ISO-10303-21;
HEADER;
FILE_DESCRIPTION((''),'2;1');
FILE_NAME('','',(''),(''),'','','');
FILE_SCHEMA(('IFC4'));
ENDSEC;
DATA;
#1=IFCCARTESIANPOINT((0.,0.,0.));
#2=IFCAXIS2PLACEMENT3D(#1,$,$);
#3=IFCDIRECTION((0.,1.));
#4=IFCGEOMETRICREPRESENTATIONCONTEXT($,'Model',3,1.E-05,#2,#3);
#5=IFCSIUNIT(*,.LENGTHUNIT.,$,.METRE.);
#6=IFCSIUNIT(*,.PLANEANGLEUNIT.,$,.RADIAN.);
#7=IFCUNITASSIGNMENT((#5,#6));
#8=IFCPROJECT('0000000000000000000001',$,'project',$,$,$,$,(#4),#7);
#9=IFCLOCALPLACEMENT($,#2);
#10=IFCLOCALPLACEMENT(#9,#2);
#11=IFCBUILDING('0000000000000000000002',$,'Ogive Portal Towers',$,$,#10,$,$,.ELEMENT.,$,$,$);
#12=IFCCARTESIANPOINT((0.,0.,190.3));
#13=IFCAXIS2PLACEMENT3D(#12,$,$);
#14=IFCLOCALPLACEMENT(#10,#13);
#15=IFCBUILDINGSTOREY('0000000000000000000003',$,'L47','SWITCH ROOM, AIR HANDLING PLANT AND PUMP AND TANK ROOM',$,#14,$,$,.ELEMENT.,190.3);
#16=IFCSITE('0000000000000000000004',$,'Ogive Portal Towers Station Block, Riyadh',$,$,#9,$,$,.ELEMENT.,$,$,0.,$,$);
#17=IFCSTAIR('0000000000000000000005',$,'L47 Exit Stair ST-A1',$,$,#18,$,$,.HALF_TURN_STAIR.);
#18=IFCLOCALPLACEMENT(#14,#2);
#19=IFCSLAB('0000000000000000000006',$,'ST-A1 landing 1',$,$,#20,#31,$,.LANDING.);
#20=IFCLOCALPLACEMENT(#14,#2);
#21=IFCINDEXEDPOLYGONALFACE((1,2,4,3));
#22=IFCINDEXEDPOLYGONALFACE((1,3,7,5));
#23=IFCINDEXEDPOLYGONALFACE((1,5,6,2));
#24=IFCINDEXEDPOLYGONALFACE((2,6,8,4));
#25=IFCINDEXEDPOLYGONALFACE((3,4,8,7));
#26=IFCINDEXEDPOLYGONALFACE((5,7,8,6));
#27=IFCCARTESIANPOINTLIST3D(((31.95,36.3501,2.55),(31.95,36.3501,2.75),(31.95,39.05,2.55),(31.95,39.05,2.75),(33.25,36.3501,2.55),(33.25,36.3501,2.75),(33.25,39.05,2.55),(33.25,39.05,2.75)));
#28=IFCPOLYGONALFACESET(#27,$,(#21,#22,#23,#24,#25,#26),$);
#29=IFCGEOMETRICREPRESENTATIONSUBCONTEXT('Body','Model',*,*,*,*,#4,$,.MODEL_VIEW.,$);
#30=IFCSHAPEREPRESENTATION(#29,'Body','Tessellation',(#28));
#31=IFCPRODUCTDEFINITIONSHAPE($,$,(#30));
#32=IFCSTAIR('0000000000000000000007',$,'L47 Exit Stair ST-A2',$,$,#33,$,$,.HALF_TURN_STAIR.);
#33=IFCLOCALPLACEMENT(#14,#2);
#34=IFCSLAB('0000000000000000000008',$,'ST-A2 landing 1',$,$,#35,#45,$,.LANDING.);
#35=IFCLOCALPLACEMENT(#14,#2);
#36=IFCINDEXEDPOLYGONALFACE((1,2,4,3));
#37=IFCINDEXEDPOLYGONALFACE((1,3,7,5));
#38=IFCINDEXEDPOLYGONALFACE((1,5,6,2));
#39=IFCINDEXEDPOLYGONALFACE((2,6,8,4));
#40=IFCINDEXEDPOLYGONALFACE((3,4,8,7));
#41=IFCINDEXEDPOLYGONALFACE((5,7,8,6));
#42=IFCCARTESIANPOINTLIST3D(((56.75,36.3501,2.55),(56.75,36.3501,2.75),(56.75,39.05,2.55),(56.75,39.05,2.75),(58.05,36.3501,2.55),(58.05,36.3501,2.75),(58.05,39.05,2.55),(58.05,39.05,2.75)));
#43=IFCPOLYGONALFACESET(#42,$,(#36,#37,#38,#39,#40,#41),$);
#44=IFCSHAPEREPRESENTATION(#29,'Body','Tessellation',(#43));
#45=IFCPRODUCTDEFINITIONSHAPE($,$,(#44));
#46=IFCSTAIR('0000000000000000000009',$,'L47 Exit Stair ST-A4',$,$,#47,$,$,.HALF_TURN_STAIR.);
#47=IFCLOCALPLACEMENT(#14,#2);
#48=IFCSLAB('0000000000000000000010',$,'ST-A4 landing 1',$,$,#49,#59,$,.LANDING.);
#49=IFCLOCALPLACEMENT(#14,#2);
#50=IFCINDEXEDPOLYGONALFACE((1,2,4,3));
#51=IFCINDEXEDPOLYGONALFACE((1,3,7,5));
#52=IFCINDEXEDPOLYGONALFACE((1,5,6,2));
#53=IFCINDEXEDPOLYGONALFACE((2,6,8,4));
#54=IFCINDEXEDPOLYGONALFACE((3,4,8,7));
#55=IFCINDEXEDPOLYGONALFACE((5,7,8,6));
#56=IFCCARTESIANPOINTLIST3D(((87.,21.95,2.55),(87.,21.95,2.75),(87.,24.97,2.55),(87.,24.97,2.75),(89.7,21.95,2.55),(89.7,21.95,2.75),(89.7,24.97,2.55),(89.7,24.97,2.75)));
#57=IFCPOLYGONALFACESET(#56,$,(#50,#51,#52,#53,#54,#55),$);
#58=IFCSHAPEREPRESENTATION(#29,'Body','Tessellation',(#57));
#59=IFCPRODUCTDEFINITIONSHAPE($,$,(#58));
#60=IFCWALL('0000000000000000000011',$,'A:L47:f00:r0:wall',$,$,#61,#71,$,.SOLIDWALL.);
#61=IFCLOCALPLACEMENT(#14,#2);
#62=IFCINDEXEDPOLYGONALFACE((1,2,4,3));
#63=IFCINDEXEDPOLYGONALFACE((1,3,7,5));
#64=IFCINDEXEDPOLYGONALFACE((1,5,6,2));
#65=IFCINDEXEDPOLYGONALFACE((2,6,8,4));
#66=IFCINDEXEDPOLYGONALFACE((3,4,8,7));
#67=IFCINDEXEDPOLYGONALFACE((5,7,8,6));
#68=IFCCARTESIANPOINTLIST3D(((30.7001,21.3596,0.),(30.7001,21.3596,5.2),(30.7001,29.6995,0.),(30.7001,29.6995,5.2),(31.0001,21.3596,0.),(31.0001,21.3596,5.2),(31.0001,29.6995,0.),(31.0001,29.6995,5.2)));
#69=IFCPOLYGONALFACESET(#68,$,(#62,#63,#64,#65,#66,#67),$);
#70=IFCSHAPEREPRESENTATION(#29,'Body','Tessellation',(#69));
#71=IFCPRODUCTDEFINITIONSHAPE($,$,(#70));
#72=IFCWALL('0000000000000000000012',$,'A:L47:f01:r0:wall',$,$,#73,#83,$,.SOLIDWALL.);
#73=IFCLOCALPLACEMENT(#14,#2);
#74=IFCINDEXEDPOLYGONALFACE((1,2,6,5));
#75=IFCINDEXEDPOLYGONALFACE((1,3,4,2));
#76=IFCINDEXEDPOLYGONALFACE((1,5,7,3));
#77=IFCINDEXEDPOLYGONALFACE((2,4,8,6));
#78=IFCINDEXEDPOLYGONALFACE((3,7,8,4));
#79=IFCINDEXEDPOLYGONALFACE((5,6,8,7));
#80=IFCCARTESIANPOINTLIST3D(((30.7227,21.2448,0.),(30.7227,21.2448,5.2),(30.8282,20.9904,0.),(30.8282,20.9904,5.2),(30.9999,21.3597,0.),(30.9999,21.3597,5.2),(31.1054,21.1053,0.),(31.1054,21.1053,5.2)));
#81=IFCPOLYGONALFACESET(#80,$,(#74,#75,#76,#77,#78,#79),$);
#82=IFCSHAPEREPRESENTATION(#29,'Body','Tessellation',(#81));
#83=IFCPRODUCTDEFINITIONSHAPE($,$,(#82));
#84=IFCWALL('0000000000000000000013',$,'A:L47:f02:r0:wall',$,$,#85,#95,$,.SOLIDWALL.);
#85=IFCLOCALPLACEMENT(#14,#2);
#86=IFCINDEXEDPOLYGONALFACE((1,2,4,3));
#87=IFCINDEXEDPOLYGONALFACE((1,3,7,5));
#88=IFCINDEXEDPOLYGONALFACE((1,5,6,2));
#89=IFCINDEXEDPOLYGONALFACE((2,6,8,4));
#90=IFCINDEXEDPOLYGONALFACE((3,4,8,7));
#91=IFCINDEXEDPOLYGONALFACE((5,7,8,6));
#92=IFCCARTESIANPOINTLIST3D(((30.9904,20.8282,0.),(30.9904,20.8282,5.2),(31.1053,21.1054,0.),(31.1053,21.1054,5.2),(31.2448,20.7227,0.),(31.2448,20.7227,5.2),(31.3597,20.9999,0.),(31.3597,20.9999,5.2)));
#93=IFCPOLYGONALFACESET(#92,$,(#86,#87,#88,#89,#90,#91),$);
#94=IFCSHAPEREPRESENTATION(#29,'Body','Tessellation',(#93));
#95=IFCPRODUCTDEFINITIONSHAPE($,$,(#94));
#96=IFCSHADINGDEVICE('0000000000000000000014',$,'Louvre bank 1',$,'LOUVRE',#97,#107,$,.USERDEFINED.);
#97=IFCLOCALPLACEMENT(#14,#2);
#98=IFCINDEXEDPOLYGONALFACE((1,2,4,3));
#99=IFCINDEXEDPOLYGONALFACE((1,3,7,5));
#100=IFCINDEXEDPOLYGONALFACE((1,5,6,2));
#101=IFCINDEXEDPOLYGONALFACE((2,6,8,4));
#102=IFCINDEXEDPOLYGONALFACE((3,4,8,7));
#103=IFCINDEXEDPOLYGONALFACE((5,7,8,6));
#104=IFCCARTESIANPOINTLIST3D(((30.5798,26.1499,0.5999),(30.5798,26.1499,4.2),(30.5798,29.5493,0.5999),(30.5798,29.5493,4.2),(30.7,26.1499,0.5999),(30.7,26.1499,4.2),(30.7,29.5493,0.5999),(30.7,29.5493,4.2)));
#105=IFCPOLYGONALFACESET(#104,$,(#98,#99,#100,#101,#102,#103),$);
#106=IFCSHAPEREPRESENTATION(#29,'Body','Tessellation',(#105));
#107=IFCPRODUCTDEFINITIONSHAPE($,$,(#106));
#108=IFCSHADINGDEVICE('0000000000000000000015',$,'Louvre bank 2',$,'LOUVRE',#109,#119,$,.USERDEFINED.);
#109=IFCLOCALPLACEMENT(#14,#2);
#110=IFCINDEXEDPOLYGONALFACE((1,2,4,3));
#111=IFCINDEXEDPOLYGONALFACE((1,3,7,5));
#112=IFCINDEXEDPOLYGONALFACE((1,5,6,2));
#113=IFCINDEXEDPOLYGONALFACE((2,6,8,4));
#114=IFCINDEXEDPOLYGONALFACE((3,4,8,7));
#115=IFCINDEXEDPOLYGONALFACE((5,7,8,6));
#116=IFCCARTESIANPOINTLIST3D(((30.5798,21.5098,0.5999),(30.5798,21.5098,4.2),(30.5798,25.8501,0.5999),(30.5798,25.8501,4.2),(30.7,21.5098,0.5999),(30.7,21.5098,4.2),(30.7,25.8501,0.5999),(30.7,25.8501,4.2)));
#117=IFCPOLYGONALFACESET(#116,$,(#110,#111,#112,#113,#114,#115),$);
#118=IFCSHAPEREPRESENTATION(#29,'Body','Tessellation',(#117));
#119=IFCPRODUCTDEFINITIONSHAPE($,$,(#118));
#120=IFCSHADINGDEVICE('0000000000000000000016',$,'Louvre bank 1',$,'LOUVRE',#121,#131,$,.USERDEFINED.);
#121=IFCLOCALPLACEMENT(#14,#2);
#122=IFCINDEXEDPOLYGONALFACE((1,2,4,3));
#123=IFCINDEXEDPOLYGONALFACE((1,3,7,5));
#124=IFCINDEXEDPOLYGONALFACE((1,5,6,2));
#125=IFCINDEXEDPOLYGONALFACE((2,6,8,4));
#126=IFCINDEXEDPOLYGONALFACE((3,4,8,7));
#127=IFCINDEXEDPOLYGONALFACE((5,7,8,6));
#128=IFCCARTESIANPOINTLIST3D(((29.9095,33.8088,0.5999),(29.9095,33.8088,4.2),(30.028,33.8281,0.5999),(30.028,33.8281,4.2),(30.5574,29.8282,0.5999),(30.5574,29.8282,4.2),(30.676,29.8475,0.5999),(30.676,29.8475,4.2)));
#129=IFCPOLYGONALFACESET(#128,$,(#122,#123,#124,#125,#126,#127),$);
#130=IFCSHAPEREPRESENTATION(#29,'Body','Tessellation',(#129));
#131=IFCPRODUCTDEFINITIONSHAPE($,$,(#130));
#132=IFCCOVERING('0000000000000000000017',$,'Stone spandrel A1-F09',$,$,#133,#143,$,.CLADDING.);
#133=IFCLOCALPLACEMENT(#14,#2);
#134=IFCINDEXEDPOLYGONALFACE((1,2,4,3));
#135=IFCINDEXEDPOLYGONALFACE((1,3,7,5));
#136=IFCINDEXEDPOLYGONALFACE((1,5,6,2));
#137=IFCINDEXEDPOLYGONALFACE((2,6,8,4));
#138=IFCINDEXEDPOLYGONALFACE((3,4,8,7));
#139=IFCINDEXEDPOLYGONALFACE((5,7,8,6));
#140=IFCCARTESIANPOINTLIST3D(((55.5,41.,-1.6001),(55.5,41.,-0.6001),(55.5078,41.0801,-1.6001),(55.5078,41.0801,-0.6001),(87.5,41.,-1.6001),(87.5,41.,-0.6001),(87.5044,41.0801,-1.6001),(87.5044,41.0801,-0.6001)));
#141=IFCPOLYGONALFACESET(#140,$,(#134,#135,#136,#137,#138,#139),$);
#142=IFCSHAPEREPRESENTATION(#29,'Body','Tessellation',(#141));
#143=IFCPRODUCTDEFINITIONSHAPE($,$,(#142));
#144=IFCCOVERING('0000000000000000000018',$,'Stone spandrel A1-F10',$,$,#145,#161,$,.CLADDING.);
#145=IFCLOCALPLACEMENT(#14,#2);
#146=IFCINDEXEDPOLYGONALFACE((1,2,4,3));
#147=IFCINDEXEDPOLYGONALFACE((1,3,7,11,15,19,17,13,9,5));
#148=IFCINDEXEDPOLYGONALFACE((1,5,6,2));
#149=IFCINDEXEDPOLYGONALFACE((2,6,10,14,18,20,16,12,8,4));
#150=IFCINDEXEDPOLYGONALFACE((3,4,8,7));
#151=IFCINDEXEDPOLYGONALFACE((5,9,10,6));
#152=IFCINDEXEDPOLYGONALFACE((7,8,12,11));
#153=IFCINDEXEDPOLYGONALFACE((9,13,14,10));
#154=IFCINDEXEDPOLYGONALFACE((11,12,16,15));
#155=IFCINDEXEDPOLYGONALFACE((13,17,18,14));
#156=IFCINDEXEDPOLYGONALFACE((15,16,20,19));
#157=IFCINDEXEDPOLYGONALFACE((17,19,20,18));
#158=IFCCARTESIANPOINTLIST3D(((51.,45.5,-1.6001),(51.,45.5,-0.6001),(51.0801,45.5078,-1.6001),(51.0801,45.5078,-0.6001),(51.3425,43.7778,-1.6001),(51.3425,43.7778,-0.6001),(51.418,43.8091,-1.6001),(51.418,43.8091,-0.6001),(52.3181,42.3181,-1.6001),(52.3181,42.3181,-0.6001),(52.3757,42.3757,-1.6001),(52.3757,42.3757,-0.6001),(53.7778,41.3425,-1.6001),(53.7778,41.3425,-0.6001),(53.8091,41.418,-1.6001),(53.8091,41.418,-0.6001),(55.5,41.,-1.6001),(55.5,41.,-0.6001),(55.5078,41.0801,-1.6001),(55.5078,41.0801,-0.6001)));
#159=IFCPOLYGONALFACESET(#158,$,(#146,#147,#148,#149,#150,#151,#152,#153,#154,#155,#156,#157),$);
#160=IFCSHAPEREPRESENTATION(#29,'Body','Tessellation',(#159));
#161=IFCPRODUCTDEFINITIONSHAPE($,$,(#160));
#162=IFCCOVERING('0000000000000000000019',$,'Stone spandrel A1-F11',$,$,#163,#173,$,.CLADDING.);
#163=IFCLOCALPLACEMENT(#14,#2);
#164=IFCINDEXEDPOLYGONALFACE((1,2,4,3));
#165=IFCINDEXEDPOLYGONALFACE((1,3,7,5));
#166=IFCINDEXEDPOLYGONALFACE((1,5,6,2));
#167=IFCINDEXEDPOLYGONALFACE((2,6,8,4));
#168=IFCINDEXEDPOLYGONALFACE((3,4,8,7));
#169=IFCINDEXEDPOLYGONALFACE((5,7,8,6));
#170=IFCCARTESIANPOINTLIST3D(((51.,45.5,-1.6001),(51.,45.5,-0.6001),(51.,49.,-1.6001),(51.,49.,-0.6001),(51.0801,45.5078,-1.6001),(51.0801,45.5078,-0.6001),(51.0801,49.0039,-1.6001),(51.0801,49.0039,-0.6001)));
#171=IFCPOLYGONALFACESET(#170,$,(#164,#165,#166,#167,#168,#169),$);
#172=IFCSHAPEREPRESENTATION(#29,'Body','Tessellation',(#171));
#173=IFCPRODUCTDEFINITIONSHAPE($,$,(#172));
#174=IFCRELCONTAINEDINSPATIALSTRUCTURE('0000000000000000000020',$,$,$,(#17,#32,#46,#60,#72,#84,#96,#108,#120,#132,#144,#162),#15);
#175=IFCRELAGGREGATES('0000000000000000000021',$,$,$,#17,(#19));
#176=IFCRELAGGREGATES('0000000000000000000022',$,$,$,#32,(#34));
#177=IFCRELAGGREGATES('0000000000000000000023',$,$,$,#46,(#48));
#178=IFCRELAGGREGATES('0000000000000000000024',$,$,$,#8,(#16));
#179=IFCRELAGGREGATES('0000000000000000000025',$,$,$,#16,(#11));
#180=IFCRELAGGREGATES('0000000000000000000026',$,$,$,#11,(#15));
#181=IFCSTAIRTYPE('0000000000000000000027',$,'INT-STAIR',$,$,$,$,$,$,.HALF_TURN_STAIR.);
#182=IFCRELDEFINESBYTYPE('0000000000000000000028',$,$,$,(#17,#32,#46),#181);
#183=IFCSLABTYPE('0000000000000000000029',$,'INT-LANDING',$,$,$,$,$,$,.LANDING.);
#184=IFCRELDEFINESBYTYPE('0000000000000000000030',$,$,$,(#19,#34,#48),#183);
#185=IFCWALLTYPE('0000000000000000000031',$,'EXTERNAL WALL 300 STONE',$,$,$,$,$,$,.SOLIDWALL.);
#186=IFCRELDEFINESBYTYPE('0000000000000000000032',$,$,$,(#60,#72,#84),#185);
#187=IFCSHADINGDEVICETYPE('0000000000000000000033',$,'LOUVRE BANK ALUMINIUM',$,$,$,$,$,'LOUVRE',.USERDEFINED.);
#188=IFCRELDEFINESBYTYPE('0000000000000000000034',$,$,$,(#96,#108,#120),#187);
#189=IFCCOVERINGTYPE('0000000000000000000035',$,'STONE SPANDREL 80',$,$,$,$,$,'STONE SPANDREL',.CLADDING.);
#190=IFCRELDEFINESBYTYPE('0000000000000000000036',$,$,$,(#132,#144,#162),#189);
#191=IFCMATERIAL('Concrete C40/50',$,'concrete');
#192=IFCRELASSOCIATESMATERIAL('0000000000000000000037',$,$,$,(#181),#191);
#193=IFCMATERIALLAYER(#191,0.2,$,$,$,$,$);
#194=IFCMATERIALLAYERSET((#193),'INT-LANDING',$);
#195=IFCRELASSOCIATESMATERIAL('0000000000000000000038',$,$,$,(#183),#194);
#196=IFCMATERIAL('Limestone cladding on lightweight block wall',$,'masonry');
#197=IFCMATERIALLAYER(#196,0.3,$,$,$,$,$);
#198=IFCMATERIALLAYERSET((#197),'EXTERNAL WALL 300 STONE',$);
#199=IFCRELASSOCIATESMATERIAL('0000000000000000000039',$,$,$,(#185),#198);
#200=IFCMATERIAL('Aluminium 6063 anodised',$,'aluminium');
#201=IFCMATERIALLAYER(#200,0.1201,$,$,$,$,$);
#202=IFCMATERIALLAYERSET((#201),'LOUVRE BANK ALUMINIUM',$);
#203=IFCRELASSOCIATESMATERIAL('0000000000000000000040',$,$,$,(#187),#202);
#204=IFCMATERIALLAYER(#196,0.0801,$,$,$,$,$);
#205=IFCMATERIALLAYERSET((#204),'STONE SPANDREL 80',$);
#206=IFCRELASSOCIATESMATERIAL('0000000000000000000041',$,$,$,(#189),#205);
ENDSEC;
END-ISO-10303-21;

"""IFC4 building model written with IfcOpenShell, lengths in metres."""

from ifc_helpers import new_model, si_unit, direction, frame, frame_2d, origin, origin_2d, place, context, subcontext, project, spatial, polyline, rectangle, outline, extrude, material, layer, layer_set, type_object, element, aggregate, save


model = new_model("IFC4")

# Units and contexts
model_context = context("Model", 3, precision=1e-05, world=origin(), true_north=direction((0.0, 1.0)))
body_context = subcontext(model_context, "Body", "Model", "MODEL_VIEW")
ifc_project = project(units=[si_unit("LENGTHUNIT", "METRE"), si_unit("PLANEANGLEUNIT", "RADIAN")], contexts=[model_context])

# Site, building, storey
site_placement = place(None, origin())
site = spatial("IfcSite", under=ifc_project, at=site_placement, Name="Ogive Portal Towers Station Block, Riyadh", CompositionType="ELEMENT", RefElevation=0.0)
building_placement = place(site_placement, origin())
building = spatial("IfcBuilding", under=site, at=building_placement, Name="Ogive Portal Towers", CompositionType="ELEMENT")
storey_placement = place(building_placement, frame((0.0, 0.0, 190.3)))
storey = spatial("IfcBuildingStorey", under=building, at=storey_placement, Name="L47", Description="SWITCH ROOM, AIR HANDLING PLANT AND PUMP AND TANK ROOM", CompositionType="ELEMENT", Elevation=190.3)

# Stairs, slabs
ifc_material_1 = material(Name="Concrete C40/50", Category="concrete")
stair_type = type_object("IfcStairType", Name="INT-STAIR", PredefinedType="HALF_TURN_STAIR", material=ifc_material_1)
stair_1_placement = place(storey_placement, origin())
stair_1 = element("IfcStair", 1, at=stair_1_placement, inside=storey, type_object=stair_type, Name="L47 Exit Stair ST-A1", PredefinedType="HALF_TURN_STAIR")
ifc_layer_1 = layer(ifc_material_1, 0.2)
ifc_layer_set_1 = layer_set([ifc_layer_1], Name="INT-LANDING")
slab_type = type_object("IfcSlabType", Name="INT-LANDING", PredefinedType="LANDING", material=ifc_layer_set_1)
slab_1_placement = place(storey_placement, frame((0.0, 0.0, 2.55)))
slab_1 = element("IfcSlab", 2, at=slab_1_placement, type_object=slab_type, Name="ST-A1 landing 1", PredefinedType="LANDING", context=body_context, shape_type="SweptSolid", body=[
    extrude(outline(polyline([(33.25, 39.05), (31.95, 39.05), (31.95, 36.3501), (33.25, 36.3501), (33.25, 39.05)])), origin(), (0.0, 0.0, 1.0), 0.2),
])
aggregate(stair_1, [slab_1])
stair_2_placement = place(storey_placement, origin())
stair_2 = element("IfcStair", 3, at=stair_2_placement, inside=storey, type_object=stair_type, Name="L47 Exit Stair ST-A2", PredefinedType="HALF_TURN_STAIR")
slab_2_placement = place(storey_placement, frame((0.0, 0.0, 2.55)))
slab_2 = element("IfcSlab", 4, at=slab_2_placement, type_object=slab_type, Name="ST-A2 landing 1", PredefinedType="LANDING", context=body_context, shape_type="SweptSolid", body=[
    extrude(outline(polyline([(56.75, 36.3501), (58.05, 36.3501), (58.05, 39.05), (56.75, 39.05), (56.75, 36.3501)])), origin(), (0.0, 0.0, 1.0), 0.2),
])
aggregate(stair_2, [slab_2])
stair_3_placement = place(storey_placement, origin())
stair_3 = element("IfcStair", 5, at=stair_3_placement, inside=storey, type_object=stair_type, Name="L47 Exit Stair ST-A4", PredefinedType="HALF_TURN_STAIR")
slab_3_placement = place(storey_placement, frame((0.0, 0.0, 2.55)))
slab_3 = element("IfcSlab", 6, at=slab_3_placement, type_object=slab_type, Name="ST-A4 landing 1", PredefinedType="LANDING", context=body_context, shape_type="SweptSolid", body=[
    extrude(outline(polyline([(87.0, 24.97), (87.0, 21.95), (89.7, 21.95), (89.7, 24.97), (87.0, 24.97)])), origin(), (0.0, 0.0, 1.0), 0.2),
])
aggregate(stair_3, [slab_3])

# Walls
ifc_material_2 = material(Name="Limestone cladding on lightweight block wall", Category="masonry")
ifc_layer_2 = layer(ifc_material_2, 0.3)
ifc_layer_set_2 = layer_set([ifc_layer_2], Name="EXTERNAL WALL 300 STONE")
wall_type = type_object("IfcWallType", Name="EXTERNAL WALL 300 STONE", PredefinedType="SOLIDWALL", material=ifc_layer_set_2)
wall_placement = place(storey_placement, frame((30.8501, 29.6995, 0.0), z_axis=(0.0, 0.0, 1.0), x_axis=(0.0, -1.0, 0.0)))
element("IfcWall", 7, at=wall_placement, inside=storey, type_object=wall_type, Name="A:L47:f00:r0:wall", PredefinedType="SOLIDWALL", context=body_context, shape_type="SweptSolid", body=[
    extrude(rectangle(XDim=8.3398, YDim=0.3, at=frame_2d((4.1699, 0.0))), origin(), (0.0, 0.0, 1.0), 5.2),
])
for number, where, z_axis, x_axis, name in (
    (8, (30.8613, 21.3022, 0.0), (0.0, 0.0, 1.0), (0.382978, -0.923757, 0.0), "A:L47:f01:r0:wall"),
    (9, (31.0479, 20.9668, 0.0), (0.0, 0.0, 1.0), (0.923757, -0.382978, 0.0), "A:L47:f02:r0:wall"),
):
    element("IfcWall", number, at=place(storey_placement, frame(where, z_axis=z_axis, x_axis=x_axis)), inside=storey, type_object=wall_type, Name=name, PredefinedType="SOLIDWALL", context=body_context, shape_type="SweptSolid", body=[
        extrude(rectangle(XDim=0.2754, YDim=0.3, at=frame_2d((0.1377, 0.0))), origin(), (0.0, 0.0, 1.0), 5.2),
    ])

# Shading devices
ifc_material_3 = material(Name="Aluminium 6063 anodised", Category="aluminium")
ifc_layer_3 = layer(ifc_material_3, 0.1201)
ifc_layer_set_3 = layer_set([ifc_layer_3], Name="LOUVRE BANK ALUMINIUM")
shading_device_type = type_object("IfcShadingDeviceType", Name="LOUVRE BANK ALUMINIUM", ElementType="LOUVRE", PredefinedType="USERDEFINED", material=ifc_layer_set_3)
shading_device_1_placement = place(storey_placement, frame((30.6399, 27.8496, 0.5999), z_axis=(0.0, 0.0, 1.0), x_axis=(0.0, -1.0, 0.0)))
element("IfcShadingDevice", 10, at=shading_device_1_placement, inside=storey, type_object=shading_device_type, Name="Louvre bank 1", ObjectType="LOUVRE", PredefinedType="USERDEFINED", context=body_context, shape_type="SweptSolid", body=[
    extrude(rectangle(XDim=3.3994, YDim=0.1201, at=origin_2d()), origin(), (0.0, 0.0, 1.0), 3.6001),
])
shading_device_2_placement = place(storey_placement, frame((30.6399, 23.6799, 0.5999), z_axis=(0.0, 0.0, 1.0), x_axis=(0.0, -1.0, 0.0)))
element("IfcShadingDevice", 11, at=shading_device_2_placement, inside=storey, type_object=shading_device_type, Name="Louvre bank 2", ObjectType="LOUVRE", PredefinedType="USERDEFINED", context=body_context, shape_type="SweptSolid", body=[
    extrude(rectangle(XDim=4.3403, YDim=0.1201, at=origin_2d()), origin(), (0.0, 0.0, 1.0), 3.6001),
])
shading_device_3_placement = place(storey_placement, frame((30.2927, 31.8281, 0.5999), z_axis=(0.0, 0.0, 1.0), x_axis=(0.160655, -0.987011, 0.0)))
element("IfcShadingDevice", 12, at=shading_device_3_placement, inside=storey, type_object=shading_device_type, Name="Louvre bank 1", ObjectType="LOUVRE", PredefinedType="USERDEFINED", context=body_context, shape_type="SweptSolid", body=[
    extrude(rectangle(XDim=4.033, YDim=0.1201, at=origin_2d()), origin(), (0.0, 0.0, 1.0), 3.6001),
])

# Coverings
ifc_layer_4 = layer(ifc_material_2, 0.0801)
ifc_layer_set_4 = layer_set([ifc_layer_4], Name="STONE SPANDREL 80")
covering_type_1 = type_object("IfcCoveringType", Name="STONE SPANDREL 80", ElementType="STONE SPANDREL", PredefinedType="CLADDING", material=ifc_layer_set_4)
covering_1_placement = place(storey_placement, frame((0.0, 0.0, -1.6001)))
element("IfcCovering", 13, at=covering_1_placement, inside=storey, type_object=covering_type_1, Name="Stone spandrel A1-F09", PredefinedType="CLADDING", context=body_context, shape_type="SweptSolid", body=[
    extrude(outline(polyline([(87.5, 41.0), (55.5, 41.0), (55.5078, 41.0801), (87.5044, 41.0801), (87.5, 41.0)])), origin(), (0.0, 0.0, 1.0), 1.0),
])
covering_2_placement = place(storey_placement, frame((0.0, 0.0, -1.6001)))
element("IfcCovering", 14, at=covering_2_placement, inside=storey, type_object=covering_type_1, Name="Stone spandrel A1-F10", PredefinedType="CLADDING", context=body_context, shape_type="SweptSolid", body=[
    extrude(outline(polyline([(55.5, 41.0), (53.7778, 41.3425), (52.3181, 42.3181), (51.3425, 43.7778), (51.0, 45.5), (51.0801, 45.5078), (51.418, 43.8091), (52.3757, 42.3757), (53.8091, 41.418), (55.5078, 41.0801), (55.5, 41.0)])), origin(), (0.0, 0.0, 1.0), 1.0),
])
covering_3_placement = place(storey_placement, frame((0.0, 0.0, -1.6001)))
element("IfcCovering", 15, at=covering_3_placement, inside=storey, type_object=covering_type_1, Name="Stone spandrel A1-F11", PredefinedType="CLADDING", context=body_context, shape_type="SweptSolid", body=[
    extrude(outline(polyline([(51.0, 45.5), (51.0, 49.0), (51.0801, 49.0039), (51.0801, 45.5078), (51.0, 45.5)])), origin(), (0.0, 0.0, 1.0), 1.0),
])

save(model, "model.ifc")
